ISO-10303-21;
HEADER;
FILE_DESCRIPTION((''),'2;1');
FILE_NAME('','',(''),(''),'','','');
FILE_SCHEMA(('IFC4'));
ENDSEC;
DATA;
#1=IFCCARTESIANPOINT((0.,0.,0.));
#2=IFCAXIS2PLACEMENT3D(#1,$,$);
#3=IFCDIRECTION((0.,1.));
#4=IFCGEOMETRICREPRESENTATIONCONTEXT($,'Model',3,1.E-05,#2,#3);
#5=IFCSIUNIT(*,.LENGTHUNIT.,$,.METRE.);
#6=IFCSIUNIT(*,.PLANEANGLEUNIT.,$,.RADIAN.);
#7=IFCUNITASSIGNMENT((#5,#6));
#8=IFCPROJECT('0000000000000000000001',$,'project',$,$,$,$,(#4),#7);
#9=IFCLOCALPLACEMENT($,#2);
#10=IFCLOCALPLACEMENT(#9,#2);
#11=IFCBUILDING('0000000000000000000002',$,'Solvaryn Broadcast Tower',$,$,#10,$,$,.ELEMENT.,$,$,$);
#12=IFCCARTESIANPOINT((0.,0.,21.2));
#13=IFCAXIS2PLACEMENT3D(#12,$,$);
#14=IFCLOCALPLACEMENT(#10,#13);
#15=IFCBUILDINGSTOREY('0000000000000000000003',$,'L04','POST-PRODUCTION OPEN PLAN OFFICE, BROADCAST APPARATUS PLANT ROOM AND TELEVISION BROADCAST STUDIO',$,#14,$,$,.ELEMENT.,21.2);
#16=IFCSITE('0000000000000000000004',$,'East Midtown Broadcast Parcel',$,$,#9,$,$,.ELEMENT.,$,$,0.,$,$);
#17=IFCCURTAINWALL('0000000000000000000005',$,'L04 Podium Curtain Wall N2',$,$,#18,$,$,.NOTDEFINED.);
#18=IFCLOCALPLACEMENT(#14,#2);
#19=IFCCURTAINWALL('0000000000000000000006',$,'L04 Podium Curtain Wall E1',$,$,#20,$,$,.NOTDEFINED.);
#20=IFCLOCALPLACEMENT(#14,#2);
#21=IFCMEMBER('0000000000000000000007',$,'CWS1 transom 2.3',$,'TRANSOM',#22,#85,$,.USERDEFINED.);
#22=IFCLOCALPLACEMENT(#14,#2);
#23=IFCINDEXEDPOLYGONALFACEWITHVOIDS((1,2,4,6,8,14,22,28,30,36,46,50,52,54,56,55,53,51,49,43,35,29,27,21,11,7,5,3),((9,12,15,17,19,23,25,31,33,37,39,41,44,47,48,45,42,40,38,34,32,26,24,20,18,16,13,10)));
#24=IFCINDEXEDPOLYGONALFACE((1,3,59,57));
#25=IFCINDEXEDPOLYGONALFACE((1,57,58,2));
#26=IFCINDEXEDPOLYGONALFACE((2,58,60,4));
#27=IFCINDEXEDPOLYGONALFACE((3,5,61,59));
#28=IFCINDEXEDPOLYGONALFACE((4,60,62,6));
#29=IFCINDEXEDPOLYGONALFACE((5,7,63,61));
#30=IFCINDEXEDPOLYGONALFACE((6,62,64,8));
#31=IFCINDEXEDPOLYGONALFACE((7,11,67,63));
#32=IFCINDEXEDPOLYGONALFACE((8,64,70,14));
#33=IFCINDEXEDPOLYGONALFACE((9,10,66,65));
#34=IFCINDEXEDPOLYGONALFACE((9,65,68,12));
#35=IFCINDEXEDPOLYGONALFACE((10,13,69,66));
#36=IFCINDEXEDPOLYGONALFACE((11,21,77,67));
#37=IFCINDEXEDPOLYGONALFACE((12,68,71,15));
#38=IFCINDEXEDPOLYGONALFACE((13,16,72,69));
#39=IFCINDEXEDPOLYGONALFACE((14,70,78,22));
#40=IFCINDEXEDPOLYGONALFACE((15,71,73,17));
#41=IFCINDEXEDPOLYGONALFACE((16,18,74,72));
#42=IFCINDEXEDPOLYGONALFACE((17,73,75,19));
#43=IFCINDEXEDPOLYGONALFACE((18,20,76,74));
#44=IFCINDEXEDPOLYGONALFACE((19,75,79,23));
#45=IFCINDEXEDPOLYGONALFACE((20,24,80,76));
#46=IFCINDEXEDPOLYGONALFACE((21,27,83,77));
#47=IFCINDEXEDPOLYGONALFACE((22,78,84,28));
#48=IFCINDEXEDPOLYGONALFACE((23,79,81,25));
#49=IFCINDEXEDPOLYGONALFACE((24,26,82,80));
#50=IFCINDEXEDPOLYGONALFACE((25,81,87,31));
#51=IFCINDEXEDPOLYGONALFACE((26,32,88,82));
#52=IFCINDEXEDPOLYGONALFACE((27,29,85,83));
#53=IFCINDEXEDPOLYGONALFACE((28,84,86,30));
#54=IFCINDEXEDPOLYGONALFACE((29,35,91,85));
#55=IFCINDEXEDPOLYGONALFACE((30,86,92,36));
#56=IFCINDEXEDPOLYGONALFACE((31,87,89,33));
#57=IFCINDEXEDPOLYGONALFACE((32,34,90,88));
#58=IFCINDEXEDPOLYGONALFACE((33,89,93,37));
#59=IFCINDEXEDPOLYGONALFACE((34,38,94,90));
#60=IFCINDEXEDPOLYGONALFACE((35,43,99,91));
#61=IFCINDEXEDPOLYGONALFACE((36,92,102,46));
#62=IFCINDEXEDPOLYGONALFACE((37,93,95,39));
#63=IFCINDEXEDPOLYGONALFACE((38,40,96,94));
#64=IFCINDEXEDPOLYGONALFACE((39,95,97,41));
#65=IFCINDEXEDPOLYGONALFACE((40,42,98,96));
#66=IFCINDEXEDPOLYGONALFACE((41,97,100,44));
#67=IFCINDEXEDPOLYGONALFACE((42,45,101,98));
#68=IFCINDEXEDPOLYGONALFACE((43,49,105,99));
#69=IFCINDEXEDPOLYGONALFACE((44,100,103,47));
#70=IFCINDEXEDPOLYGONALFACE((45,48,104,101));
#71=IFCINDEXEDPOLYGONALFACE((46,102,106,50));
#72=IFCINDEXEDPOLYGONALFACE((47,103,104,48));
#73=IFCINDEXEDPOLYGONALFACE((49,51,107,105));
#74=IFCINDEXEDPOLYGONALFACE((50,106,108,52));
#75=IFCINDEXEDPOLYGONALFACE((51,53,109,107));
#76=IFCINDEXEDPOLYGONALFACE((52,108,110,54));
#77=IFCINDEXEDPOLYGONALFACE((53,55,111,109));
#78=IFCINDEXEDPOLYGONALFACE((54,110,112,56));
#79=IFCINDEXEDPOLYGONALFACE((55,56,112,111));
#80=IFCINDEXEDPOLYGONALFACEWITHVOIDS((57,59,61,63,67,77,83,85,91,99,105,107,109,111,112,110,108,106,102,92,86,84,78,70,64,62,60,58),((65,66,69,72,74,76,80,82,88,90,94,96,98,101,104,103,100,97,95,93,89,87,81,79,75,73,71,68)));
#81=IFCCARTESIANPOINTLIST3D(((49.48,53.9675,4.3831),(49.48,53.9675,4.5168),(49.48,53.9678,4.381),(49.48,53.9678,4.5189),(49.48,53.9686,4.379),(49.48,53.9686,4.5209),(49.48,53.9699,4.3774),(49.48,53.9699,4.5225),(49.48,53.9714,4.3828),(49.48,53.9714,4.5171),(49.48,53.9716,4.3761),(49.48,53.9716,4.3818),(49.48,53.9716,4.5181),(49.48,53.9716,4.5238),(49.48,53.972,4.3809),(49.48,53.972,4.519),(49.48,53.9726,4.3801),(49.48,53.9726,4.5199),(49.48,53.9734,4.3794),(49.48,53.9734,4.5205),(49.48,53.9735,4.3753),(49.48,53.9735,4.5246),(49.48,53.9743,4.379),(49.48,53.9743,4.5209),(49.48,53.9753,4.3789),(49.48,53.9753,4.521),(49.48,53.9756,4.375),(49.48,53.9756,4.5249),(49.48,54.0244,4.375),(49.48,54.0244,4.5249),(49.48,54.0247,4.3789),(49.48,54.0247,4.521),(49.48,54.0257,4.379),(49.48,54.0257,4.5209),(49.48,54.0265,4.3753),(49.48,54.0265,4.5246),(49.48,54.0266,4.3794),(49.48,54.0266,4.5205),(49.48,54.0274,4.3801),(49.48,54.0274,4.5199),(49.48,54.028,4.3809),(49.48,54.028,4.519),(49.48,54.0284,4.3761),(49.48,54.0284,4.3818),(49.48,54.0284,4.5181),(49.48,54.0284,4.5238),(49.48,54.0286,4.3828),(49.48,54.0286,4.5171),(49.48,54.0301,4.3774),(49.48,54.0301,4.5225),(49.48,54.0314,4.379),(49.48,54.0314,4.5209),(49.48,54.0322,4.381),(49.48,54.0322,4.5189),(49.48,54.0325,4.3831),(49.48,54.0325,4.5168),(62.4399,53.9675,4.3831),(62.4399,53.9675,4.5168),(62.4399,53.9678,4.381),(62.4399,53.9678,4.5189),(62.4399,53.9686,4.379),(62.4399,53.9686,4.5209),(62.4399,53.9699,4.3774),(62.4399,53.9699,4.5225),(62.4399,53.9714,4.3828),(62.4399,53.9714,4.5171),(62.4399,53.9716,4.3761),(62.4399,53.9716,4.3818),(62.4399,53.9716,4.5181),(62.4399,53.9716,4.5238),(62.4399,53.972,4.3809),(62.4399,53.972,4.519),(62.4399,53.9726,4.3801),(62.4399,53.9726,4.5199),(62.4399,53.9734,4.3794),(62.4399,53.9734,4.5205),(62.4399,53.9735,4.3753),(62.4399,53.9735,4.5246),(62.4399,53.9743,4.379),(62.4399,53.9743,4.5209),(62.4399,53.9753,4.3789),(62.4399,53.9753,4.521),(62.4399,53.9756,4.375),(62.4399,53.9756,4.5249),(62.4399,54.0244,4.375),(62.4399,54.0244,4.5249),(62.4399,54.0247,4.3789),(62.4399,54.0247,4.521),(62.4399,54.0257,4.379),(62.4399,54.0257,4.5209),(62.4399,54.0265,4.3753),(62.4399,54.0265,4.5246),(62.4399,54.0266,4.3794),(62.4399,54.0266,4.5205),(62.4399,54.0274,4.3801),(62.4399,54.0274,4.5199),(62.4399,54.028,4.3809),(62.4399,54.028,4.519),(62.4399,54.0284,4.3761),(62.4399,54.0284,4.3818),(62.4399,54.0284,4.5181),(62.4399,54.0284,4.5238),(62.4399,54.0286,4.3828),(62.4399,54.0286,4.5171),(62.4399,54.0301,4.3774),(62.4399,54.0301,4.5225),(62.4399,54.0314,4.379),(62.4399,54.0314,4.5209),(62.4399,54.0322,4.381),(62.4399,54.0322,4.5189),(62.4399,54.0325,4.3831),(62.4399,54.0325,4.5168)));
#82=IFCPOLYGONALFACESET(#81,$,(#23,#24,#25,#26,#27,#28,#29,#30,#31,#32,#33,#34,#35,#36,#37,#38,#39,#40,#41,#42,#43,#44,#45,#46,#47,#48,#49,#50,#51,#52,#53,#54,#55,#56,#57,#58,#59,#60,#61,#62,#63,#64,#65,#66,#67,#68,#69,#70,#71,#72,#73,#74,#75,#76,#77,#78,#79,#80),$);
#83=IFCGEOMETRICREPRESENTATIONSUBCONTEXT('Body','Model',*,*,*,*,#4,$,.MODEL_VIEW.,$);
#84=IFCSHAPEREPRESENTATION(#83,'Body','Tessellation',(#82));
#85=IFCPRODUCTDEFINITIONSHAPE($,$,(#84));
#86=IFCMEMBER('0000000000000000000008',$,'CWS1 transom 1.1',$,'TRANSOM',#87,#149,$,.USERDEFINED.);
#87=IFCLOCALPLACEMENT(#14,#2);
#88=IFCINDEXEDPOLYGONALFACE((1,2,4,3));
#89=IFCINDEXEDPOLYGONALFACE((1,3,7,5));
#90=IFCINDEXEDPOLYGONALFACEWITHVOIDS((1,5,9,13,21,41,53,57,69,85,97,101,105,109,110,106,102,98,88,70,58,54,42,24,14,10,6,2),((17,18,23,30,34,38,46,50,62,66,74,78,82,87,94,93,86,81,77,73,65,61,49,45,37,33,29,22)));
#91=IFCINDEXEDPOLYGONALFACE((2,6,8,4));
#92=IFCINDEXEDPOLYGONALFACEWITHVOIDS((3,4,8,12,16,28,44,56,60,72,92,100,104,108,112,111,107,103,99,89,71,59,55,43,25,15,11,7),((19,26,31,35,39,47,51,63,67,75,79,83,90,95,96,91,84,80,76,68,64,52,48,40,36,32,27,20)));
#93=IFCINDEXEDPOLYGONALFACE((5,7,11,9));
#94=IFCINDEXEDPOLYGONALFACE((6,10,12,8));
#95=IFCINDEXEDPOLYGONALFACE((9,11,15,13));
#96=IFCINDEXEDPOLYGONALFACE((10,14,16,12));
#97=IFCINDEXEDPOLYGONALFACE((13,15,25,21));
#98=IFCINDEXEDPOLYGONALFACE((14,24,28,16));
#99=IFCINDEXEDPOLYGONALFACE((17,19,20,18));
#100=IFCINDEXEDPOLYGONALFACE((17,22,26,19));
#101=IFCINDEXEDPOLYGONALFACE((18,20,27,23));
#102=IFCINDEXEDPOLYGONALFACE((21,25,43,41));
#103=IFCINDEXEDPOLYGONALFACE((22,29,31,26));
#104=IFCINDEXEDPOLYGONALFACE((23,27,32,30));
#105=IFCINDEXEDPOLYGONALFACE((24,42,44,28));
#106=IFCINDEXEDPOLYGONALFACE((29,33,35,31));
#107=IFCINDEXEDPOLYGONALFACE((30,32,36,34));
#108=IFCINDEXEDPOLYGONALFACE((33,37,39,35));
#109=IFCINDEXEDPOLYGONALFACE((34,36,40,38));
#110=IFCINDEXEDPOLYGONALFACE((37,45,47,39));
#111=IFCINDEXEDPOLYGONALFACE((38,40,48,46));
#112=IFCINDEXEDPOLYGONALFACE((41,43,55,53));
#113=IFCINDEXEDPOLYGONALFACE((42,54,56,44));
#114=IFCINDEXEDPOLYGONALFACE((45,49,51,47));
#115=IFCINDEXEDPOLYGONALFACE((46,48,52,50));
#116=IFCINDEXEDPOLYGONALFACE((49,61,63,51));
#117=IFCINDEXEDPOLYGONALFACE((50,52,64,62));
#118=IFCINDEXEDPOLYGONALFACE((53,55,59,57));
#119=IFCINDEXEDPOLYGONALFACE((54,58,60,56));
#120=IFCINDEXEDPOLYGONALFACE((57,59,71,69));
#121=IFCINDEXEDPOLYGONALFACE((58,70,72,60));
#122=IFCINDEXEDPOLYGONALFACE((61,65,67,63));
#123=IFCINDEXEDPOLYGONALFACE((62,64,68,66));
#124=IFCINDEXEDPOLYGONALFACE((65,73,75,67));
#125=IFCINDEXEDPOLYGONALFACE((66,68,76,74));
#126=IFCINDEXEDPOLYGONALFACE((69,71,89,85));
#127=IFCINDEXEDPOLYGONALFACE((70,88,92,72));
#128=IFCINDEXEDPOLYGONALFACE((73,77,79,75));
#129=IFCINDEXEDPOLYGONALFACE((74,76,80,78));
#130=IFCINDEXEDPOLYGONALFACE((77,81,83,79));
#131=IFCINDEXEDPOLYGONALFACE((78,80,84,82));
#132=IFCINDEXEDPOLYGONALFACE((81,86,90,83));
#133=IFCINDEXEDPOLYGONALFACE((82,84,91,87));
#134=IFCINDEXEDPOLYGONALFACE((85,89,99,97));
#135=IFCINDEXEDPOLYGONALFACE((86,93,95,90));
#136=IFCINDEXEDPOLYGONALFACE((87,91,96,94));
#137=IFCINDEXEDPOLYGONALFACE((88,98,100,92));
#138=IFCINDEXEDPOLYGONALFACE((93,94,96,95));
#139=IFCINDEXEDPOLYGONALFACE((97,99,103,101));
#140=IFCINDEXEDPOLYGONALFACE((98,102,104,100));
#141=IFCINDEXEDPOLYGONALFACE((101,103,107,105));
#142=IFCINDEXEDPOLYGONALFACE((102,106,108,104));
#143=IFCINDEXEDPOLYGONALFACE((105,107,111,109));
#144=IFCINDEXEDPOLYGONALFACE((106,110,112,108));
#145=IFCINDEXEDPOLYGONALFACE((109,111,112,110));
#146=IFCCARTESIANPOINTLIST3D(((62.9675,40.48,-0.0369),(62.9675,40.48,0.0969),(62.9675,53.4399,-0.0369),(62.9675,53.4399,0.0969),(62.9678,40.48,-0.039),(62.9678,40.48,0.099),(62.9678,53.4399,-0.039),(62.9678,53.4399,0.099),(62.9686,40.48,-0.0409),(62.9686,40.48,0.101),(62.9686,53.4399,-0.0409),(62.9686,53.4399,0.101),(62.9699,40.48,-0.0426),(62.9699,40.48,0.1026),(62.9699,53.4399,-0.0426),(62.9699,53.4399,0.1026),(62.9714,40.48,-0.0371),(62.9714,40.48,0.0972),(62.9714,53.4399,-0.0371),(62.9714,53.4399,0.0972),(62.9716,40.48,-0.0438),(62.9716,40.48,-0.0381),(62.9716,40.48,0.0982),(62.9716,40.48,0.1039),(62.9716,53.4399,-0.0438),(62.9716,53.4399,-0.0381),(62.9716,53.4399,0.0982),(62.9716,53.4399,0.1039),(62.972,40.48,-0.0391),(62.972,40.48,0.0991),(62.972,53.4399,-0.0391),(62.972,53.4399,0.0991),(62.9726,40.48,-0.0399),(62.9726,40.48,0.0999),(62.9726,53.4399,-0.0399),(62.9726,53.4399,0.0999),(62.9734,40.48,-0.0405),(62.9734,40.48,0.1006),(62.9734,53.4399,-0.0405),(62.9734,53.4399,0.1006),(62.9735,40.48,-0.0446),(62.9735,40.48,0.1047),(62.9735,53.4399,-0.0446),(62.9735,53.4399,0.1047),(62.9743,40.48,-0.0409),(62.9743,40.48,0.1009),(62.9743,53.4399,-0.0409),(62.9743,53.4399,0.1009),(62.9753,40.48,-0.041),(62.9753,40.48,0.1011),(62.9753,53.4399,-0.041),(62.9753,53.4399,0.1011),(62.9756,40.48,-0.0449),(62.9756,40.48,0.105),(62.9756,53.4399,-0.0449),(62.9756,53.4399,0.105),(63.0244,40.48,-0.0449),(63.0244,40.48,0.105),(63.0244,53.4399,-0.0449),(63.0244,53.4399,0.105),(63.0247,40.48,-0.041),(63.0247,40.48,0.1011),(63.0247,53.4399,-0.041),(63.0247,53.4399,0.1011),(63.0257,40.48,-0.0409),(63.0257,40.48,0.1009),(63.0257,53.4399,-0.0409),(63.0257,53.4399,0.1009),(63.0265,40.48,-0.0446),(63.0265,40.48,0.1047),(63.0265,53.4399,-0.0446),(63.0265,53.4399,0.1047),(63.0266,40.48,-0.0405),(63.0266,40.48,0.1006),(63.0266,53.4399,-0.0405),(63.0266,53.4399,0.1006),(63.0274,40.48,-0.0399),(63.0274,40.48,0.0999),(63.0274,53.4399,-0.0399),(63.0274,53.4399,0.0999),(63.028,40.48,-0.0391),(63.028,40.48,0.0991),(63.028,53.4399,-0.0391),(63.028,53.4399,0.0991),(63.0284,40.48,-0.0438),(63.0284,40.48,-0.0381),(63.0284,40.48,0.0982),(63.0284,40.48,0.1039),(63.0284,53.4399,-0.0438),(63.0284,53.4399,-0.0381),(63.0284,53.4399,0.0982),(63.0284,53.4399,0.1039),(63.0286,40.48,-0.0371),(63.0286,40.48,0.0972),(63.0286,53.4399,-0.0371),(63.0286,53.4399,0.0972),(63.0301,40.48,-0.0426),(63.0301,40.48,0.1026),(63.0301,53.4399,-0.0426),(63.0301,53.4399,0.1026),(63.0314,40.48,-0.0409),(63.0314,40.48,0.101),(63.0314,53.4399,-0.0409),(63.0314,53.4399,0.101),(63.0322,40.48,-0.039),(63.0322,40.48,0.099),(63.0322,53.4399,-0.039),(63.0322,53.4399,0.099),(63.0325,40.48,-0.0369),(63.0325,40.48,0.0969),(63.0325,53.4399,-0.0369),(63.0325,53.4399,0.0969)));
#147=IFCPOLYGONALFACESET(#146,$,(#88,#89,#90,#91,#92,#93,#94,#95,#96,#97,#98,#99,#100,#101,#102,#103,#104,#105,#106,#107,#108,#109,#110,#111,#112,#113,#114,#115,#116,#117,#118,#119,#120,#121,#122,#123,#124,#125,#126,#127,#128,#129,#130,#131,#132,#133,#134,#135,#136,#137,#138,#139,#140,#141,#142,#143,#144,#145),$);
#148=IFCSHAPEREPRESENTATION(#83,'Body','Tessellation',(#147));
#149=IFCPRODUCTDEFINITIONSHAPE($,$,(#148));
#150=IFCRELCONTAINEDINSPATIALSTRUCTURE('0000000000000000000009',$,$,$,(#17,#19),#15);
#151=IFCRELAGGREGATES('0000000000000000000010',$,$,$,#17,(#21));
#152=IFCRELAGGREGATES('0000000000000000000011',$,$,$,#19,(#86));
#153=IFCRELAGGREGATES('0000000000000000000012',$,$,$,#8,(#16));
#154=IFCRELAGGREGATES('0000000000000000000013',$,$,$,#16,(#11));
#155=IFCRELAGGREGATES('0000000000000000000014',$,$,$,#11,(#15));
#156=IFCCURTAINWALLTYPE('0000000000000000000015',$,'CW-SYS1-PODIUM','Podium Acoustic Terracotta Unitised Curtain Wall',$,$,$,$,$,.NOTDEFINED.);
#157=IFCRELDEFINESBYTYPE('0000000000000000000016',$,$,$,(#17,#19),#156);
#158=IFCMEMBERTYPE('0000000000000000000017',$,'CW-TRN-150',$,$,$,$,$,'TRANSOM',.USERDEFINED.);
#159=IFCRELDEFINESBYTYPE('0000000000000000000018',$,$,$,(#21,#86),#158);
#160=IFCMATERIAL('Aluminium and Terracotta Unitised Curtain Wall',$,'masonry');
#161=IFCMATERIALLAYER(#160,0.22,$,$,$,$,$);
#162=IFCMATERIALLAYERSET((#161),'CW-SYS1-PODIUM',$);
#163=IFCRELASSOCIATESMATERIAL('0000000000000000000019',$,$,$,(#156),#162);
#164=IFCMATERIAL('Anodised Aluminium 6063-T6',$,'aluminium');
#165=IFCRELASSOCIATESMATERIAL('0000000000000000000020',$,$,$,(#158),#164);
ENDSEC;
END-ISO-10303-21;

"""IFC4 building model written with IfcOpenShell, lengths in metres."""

from ifc_helpers import new_model, si_unit, direction, frame, origin, origin_2d, place, context, subcontext, project, spatial, hollow_rectangle, extrude, material, layer, layer_set, material_profile, profile_set, type_object, element, aggregate, save


model = new_model("IFC4")

# Units and contexts
model_context = context("Model", 3, precision=1e-05, world=origin(), true_north=direction((0.0, 1.0)))
body_context = subcontext(model_context, "Body", "Model", "MODEL_VIEW")
ifc_project = project(units=[si_unit("LENGTHUNIT", "METRE"), si_unit("PLANEANGLEUNIT", "RADIAN")], contexts=[model_context])

# Site, building, storey
site_placement = place(None, origin())
site = spatial("IfcSite", under=ifc_project, at=site_placement, Name="East Midtown Broadcast Parcel", CompositionType="ELEMENT", RefElevation=0.0)
building_placement = place(site_placement, origin())
building = spatial("IfcBuilding", under=site, at=building_placement, Name="Solvaryn Broadcast Tower", CompositionType="ELEMENT")
storey_placement = place(building_placement, frame((0.0, 0.0, 21.2)))
storey = spatial("IfcBuildingStorey", under=building, at=storey_placement, Name="L04", Description="POST-PRODUCTION OPEN PLAN OFFICE, BROADCAST APPARATUS PLANT ROOM AND TELEVISION BROADCAST STUDIO", CompositionType="ELEMENT", Elevation=21.2)

# Curtain walls
ifc_material_1 = material(Name="Aluminium and Terracotta Unitised Curtain Wall", Category="masonry")
ifc_layer_1 = layer(ifc_material_1, 0.22)
ifc_layer_set_1 = layer_set([ifc_layer_1], Name="CW-SYS1-PODIUM")
curtain_wall_type = type_object("IfcCurtainWallType", Name="CW-SYS1-PODIUM", Description="Podium Acoustic Terracotta Unitised Curtain Wall", PredefinedType="NOTDEFINED", material=ifc_layer_set_1)
curtain_wall_1_placement = place(storey_placement, origin())
curtain_wall_1 = element("IfcCurtainWall", 1, at=curtain_wall_1_placement, inside=storey, type_object=curtain_wall_type, Name="L04 Podium Curtain Wall N2", PredefinedType="NOTDEFINED")
curtain_wall_2_placement = place(storey_placement, origin())
curtain_wall_2 = element("IfcCurtainWall", 2, at=curtain_wall_2_placement, inside=storey, type_object=curtain_wall_type, Name="L04 Podium Curtain Wall E1", PredefinedType="NOTDEFINED")

# Members
ifc_material_2 = material(Name="Anodised Aluminium 6063-T6", Category="aluminium")
ifc_material_profile_1 = material_profile(ifc_material_2, hollow_rectangle(XDim=0.0649, YDim=0.1499, WallThickness=0.0039, InnerFilletRadius=0.0039, OuterFilletRadius=0.0081, at=origin_2d()))
ifc_profile_set_1 = profile_set([ifc_material_profile_1], Name="Anodised Aluminium 6063-T6")
member_type_1 = type_object("IfcMemberType", Name="CW-TRN-150", ElementType="TRANSOM", PredefinedType="USERDEFINED", material=ifc_profile_set_1)
member_1_placement = place(storey_placement, frame((49.48, 54.0, 4.45), z_axis=(1.0, 0.0, 0.0), x_axis=(0.0, 1.0, 0.0)))
member_1 = element("IfcMember", 3, at=member_1_placement, type_object=member_type_1, Name="CWS1 transom 2.3", ObjectType="TRANSOM", PredefinedType="USERDEFINED", context=body_context, shape_type="SweptSolid", body=[
    extrude(hollow_rectangle(XDim=0.0649, YDim=0.1499, WallThickness=0.0039, InnerFilletRadius=0.0039, OuterFilletRadius=0.0081, at=origin_2d()), origin(), (0.0, 0.0, 1.0), 12.96),
])
member_2_placement = place(storey_placement, frame((63.0, 53.4399, 0.03), z_axis=(0.0, -1.0, 0.0), x_axis=(1.0, 0.0, 0.0)))
member_2 = element("IfcMember", 4, at=member_2_placement, type_object=member_type_1, Name="CWS1 transom 1.1", ObjectType="TRANSOM", PredefinedType="USERDEFINED", context=body_context, shape_type="SweptSolid", body=[
    extrude(hollow_rectangle(XDim=0.0649, YDim=0.1499, WallThickness=0.0039, InnerFilletRadius=0.0039, OuterFilletRadius=0.0081, at=origin_2d()), origin(), (0.0, 0.0, 1.0), 12.96),
])

aggregate(curtain_wall_1, [member_1])
aggregate(curtain_wall_2, [member_2])

save(model, "model.ifc")
